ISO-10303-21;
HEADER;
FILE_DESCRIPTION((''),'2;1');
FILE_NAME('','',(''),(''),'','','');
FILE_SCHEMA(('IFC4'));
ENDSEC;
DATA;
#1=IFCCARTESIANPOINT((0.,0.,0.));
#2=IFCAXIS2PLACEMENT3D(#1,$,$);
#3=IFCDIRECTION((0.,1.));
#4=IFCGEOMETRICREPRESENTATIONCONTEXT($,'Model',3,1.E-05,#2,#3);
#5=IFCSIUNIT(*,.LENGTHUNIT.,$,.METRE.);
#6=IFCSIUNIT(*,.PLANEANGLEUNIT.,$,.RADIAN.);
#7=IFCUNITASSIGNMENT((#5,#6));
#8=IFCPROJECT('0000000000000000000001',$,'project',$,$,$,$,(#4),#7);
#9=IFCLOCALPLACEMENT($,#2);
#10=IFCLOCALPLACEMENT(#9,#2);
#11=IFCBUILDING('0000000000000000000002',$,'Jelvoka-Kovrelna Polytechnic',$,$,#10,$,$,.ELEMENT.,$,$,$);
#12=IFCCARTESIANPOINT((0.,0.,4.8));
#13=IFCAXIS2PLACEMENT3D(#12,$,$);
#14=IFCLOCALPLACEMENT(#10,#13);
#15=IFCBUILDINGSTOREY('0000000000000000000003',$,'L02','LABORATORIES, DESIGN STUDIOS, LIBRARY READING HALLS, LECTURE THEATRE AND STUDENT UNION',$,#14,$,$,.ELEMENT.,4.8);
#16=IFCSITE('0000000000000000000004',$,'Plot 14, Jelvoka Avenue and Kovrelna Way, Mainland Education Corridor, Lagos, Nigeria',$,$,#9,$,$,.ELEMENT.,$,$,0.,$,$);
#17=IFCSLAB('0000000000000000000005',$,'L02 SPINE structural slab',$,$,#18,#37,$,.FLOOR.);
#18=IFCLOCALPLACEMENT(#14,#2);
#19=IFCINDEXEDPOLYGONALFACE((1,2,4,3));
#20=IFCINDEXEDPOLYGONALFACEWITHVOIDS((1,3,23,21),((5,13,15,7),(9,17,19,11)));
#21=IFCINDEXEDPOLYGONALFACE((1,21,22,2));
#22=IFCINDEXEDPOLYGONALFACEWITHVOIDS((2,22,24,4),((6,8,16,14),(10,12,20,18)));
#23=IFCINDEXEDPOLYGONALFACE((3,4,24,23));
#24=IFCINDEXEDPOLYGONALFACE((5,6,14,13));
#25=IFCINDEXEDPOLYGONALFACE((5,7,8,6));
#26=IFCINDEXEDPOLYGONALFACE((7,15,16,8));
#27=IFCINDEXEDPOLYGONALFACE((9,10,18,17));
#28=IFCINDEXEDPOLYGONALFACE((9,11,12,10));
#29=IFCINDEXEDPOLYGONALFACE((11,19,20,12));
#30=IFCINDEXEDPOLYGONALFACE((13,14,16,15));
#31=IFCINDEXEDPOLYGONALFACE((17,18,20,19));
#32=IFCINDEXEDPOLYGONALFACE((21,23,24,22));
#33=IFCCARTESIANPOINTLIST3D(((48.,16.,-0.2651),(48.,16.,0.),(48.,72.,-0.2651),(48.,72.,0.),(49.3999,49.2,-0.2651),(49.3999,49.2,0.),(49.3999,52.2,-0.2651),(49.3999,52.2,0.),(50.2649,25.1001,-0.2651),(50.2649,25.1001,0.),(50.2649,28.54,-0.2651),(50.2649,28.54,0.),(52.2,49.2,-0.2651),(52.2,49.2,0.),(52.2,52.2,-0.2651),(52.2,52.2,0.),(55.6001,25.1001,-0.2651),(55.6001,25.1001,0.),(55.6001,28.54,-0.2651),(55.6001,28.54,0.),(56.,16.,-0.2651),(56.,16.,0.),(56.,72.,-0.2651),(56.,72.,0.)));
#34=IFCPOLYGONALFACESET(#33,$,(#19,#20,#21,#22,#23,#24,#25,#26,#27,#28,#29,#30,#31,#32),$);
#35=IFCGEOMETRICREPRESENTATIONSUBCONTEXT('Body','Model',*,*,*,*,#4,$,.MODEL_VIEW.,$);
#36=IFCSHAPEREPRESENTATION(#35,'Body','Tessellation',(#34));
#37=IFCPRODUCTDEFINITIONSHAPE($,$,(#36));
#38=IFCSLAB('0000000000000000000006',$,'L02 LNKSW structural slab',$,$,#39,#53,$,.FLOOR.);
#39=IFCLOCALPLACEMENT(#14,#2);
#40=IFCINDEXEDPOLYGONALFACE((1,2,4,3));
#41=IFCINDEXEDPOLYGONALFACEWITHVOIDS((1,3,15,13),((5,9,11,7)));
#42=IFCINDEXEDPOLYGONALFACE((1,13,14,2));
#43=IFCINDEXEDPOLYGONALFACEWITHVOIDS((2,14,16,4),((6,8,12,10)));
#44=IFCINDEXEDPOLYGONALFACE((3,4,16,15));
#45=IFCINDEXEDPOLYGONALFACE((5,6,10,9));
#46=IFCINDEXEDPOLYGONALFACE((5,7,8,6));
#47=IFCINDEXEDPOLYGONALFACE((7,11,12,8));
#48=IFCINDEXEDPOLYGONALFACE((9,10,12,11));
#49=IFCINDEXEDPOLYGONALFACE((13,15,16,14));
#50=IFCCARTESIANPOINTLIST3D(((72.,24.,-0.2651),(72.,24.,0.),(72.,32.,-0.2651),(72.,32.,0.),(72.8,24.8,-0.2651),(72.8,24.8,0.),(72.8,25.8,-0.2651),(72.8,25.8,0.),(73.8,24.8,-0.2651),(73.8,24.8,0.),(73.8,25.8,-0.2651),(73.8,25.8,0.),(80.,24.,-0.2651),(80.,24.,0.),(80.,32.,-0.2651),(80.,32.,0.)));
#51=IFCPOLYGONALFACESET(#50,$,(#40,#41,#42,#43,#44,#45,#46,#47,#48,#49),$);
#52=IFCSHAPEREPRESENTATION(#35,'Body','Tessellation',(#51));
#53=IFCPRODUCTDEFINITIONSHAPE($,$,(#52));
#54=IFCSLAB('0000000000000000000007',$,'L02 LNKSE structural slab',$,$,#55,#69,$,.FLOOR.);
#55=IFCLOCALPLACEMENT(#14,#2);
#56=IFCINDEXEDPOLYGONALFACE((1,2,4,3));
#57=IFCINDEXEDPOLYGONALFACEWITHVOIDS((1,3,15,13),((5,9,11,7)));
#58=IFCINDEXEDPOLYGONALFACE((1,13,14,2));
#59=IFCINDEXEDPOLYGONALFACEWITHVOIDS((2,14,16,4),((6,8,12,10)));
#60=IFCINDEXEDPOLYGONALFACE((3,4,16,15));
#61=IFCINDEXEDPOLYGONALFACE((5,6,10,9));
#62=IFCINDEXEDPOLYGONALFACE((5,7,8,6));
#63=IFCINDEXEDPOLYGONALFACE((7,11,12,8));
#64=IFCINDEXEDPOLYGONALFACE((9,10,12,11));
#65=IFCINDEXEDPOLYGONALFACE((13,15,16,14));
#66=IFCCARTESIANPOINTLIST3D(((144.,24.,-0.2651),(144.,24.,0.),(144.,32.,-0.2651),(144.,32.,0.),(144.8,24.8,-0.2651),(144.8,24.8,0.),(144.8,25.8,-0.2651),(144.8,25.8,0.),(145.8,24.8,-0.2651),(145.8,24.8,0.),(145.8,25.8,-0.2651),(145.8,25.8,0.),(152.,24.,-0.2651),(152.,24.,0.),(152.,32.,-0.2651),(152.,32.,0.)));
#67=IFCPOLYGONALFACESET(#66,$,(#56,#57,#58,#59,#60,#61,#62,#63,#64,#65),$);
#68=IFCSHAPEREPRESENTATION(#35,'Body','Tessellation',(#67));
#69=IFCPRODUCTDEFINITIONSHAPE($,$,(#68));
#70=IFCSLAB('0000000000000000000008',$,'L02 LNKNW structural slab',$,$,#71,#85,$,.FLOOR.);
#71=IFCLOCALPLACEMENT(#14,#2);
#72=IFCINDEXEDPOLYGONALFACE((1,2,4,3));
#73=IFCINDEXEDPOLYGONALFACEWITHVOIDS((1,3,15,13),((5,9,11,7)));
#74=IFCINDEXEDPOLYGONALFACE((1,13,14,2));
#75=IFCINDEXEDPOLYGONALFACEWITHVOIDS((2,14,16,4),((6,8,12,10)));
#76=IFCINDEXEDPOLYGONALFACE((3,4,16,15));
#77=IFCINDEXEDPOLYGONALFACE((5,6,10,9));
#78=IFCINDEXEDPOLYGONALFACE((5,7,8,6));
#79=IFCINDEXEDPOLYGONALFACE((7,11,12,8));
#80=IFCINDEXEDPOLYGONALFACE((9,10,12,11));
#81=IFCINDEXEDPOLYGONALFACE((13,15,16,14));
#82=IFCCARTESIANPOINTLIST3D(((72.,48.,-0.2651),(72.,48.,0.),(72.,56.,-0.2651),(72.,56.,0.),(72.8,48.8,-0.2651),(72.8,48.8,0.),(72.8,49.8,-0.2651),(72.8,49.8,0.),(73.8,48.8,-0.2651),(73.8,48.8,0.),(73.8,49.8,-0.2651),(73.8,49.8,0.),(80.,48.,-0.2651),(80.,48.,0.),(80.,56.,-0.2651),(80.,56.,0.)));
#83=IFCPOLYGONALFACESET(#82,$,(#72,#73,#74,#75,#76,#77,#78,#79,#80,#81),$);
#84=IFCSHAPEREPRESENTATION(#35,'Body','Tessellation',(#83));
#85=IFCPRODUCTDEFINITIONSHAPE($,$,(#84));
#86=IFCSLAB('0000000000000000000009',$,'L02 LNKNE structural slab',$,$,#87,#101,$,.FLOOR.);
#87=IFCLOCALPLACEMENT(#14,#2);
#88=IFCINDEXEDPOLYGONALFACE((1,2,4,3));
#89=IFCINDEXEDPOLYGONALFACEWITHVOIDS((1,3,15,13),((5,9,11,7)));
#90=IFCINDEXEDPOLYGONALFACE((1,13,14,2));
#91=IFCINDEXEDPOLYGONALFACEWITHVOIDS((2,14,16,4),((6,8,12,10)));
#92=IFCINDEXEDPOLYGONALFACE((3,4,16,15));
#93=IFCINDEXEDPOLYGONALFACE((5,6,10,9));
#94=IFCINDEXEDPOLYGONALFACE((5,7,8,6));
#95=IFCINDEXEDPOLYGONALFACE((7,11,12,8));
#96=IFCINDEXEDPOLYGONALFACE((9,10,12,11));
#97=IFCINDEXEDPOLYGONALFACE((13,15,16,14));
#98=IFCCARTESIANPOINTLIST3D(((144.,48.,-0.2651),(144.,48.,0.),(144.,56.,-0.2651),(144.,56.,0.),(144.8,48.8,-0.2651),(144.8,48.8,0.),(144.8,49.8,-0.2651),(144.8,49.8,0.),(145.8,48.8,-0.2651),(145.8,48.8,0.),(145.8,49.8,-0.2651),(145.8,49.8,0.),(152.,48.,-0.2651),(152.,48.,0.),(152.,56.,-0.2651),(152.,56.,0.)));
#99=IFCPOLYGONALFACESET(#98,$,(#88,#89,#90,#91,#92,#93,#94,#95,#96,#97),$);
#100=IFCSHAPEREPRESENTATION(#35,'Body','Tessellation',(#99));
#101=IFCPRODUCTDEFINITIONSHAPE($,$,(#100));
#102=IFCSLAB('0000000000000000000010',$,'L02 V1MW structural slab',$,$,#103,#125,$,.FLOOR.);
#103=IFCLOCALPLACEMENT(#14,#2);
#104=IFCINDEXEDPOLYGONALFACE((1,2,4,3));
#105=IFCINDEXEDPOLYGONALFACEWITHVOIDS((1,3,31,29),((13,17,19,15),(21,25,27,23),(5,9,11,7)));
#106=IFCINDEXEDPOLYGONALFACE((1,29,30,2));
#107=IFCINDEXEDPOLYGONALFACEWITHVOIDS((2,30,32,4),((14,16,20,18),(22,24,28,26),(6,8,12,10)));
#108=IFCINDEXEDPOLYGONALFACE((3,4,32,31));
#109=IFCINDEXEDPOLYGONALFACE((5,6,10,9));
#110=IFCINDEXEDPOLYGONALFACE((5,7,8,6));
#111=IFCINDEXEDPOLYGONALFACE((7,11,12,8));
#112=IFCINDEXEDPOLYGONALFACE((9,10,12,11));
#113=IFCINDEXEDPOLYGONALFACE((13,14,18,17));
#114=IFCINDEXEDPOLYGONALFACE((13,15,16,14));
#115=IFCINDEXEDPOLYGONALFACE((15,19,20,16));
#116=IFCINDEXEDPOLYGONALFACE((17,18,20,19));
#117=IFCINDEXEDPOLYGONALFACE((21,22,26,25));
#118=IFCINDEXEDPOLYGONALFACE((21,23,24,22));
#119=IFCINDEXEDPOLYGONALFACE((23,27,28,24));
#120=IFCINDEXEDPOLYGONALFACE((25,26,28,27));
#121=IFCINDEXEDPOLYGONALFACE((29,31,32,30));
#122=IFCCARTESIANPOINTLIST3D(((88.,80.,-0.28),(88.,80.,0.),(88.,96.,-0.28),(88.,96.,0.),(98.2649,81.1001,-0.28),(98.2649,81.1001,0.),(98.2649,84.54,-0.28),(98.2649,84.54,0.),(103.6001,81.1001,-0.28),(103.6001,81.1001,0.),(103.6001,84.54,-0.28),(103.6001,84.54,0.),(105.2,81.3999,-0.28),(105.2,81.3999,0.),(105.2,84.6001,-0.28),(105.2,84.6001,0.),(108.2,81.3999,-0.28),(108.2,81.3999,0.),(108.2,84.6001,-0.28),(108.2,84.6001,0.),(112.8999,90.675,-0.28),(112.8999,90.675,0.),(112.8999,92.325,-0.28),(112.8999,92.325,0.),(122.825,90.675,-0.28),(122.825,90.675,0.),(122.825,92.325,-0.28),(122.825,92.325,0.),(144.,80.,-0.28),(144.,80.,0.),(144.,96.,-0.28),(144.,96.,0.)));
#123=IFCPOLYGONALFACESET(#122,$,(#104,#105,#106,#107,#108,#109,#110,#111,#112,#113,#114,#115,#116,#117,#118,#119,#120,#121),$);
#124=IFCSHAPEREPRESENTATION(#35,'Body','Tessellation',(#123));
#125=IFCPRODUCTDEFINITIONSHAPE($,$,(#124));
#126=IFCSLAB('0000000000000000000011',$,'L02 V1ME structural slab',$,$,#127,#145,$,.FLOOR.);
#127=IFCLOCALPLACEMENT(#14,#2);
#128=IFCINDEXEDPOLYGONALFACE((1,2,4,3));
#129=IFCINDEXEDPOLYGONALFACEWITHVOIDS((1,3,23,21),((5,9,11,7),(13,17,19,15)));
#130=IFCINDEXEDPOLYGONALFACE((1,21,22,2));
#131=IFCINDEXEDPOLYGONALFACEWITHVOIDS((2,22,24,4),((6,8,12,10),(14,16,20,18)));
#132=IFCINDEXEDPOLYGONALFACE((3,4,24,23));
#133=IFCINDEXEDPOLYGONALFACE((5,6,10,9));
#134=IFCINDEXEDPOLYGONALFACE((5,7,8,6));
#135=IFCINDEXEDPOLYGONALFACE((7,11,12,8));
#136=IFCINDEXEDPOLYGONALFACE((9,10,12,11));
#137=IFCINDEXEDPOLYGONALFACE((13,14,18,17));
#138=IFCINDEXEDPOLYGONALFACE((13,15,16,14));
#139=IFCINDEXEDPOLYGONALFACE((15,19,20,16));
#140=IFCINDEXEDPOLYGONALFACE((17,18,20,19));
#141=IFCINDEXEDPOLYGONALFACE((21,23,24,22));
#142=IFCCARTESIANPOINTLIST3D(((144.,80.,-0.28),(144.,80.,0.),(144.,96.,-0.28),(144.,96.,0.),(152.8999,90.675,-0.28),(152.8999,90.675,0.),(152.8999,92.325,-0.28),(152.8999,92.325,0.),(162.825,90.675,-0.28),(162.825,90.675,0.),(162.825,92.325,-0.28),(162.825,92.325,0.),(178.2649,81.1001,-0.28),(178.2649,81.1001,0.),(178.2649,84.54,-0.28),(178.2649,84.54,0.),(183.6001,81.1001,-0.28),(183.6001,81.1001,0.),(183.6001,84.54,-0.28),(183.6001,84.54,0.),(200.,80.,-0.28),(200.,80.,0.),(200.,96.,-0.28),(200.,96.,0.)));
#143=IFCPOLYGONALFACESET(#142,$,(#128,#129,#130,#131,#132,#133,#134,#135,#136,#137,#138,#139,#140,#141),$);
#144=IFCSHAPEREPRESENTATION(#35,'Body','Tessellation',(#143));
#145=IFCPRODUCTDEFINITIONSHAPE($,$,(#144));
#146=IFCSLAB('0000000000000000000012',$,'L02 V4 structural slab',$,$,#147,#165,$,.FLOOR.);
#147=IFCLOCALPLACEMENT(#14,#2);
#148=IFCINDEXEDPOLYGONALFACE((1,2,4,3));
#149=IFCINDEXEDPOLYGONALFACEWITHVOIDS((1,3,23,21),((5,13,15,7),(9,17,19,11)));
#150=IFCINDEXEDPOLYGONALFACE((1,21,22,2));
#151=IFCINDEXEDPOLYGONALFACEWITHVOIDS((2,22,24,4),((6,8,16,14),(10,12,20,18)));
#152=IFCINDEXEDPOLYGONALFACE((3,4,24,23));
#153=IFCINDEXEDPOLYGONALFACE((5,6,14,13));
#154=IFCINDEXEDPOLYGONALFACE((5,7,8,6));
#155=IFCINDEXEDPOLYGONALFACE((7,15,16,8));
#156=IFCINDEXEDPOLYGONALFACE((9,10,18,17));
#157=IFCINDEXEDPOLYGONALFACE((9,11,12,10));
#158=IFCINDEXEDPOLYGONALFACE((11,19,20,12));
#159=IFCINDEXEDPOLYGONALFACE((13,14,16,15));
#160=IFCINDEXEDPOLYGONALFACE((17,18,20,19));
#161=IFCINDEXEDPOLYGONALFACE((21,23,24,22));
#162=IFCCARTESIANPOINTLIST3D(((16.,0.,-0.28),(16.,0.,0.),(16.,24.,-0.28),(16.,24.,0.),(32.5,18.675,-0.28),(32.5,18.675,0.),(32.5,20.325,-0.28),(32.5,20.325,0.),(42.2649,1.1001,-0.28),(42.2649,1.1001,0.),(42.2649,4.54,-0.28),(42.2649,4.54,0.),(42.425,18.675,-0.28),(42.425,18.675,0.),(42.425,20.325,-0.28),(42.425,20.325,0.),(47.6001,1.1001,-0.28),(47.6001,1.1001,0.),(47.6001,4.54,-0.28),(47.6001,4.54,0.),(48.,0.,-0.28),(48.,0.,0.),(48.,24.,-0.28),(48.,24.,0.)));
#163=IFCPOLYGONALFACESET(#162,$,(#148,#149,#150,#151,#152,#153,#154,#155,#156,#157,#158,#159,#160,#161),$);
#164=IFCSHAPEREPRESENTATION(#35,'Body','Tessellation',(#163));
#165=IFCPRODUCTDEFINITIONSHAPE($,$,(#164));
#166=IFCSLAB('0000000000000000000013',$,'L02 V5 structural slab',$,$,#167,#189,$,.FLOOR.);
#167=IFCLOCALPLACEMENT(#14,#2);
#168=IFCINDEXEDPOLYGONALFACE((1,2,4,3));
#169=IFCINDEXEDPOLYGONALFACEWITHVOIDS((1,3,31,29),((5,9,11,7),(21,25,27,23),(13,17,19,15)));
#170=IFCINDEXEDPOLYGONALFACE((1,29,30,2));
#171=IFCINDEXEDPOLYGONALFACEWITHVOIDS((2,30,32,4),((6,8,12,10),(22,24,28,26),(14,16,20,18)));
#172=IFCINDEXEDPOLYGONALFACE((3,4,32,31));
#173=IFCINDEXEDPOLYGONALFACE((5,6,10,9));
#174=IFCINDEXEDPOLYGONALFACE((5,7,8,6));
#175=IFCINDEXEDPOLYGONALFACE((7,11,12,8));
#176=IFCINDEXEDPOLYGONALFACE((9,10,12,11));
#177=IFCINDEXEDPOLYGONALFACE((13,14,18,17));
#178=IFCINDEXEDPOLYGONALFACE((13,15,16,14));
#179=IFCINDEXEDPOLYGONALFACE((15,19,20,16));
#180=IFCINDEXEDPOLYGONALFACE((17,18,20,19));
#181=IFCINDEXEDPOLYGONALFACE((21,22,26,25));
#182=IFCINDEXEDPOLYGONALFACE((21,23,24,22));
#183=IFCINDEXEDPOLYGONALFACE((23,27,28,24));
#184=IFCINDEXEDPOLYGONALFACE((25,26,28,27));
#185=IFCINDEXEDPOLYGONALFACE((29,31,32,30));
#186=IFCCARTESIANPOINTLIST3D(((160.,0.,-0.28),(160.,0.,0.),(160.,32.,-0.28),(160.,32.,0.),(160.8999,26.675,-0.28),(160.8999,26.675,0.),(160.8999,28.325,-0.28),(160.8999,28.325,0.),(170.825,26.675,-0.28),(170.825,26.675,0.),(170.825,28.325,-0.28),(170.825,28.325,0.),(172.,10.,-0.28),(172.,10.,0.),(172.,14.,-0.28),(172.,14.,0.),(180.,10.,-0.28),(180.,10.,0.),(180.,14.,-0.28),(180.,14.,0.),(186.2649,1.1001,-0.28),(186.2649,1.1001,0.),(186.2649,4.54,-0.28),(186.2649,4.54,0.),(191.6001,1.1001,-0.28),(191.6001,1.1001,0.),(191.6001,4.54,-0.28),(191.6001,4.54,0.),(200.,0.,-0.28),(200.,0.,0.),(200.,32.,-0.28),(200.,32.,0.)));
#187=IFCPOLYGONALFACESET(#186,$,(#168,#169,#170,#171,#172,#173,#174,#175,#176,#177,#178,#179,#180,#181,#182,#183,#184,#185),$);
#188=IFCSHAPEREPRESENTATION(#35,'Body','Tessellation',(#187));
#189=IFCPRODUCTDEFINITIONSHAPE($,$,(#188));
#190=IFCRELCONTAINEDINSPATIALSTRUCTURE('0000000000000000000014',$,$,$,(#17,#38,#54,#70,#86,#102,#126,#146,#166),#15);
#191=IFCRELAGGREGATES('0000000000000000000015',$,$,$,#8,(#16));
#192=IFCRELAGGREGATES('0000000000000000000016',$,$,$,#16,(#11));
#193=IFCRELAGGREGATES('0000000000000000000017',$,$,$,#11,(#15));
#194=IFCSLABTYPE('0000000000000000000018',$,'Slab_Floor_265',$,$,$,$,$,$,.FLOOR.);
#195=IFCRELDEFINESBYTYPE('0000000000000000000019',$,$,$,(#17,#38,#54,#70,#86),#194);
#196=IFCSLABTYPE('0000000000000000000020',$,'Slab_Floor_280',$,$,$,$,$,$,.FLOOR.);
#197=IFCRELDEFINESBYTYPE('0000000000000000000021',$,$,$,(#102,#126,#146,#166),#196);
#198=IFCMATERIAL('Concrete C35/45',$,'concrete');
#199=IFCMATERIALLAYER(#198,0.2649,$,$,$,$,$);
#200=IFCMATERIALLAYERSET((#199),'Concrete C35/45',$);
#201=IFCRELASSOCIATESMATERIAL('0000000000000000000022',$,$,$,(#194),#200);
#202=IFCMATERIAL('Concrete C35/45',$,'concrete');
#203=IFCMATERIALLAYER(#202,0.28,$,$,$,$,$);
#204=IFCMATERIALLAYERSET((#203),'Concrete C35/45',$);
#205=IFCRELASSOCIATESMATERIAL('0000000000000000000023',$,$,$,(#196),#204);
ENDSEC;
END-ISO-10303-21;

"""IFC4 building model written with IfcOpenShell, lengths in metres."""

from ifc_helpers import new_model, si_unit, direction, frame, origin, place, context, subcontext, project, spatial, polyline, outline, extrude, material, layer, layer_set, type_object, element, save


model = new_model("IFC4")

# Units and contexts
model_context = context("Model", 3, precision=1e-05, world=origin(), true_north=direction((0.0, 1.0)))
body_context = subcontext(model_context, "Body", "Model", "MODEL_VIEW")
ifc_project = project(units=[si_unit("LENGTHUNIT", "METRE"), si_unit("PLANEANGLEUNIT", "RADIAN")], contexts=[model_context])

# Site, building, storey
site_placement = place(None, origin())
site = spatial("IfcSite", under=ifc_project, at=site_placement, Name="Plot 14, Jelvoka Avenue and Kovrelna Way, Mainland Education Corridor, Lagos, Nigeria", CompositionType="ELEMENT", RefElevation=0.0)
building_placement = place(site_placement, origin())
building = spatial("IfcBuilding", under=site, at=building_placement, Name="Jelvoka-Kovrelna Polytechnic", CompositionType="ELEMENT")
storey_placement = place(building_placement, frame((0.0, 0.0, 4.8)))
storey = spatial("IfcBuildingStorey", under=building, at=storey_placement, Name="L02", Description="LABORATORIES, DESIGN STUDIOS, LIBRARY READING HALLS, LECTURE THEATRE AND STUDENT UNION", CompositionType="ELEMENT", Elevation=4.8)

# Slabs
ifc_material_1 = material(Name="Concrete C35/45", Category="concrete")
ifc_layer_1 = layer(ifc_material_1, 0.2649)
ifc_layer_set_1 = layer_set([ifc_layer_1], Name="Concrete C35/45")
slab_type_1 = type_object("IfcSlabType", Name="Slab_Floor_265", PredefinedType="FLOOR", material=ifc_layer_set_1)
slab_1_placement = place(storey_placement, frame((0.0, 0.0, -0.2651)))
element("IfcSlab", 1, at=slab_1_placement, inside=storey, type_object=slab_type_1, Name="L02 SPINE structural slab", PredefinedType="FLOOR", context=body_context, shape_type="SweptSolid", body=[
    extrude(outline(polyline([(48.0, 16.0), (56.0, 16.0), (56.0, 72.0), (48.0, 72.0), (48.0, 16.0)]), holes=[polyline([(49.3999, 49.2), (52.2, 49.2), (52.2, 52.2), (49.3999, 52.2), (49.3999, 49.2)]), polyline([(50.2649, 25.1001), (55.6001, 25.1001), (55.6001, 28.54), (50.2649, 28.54), (50.2649, 25.1001)])]), origin(), (0.0, 0.0, 1.0), 0.2651),
])
slab_2_placement = place(storey_placement, frame((0.0, 0.0, -0.2651)))
element("IfcSlab", 2, at=slab_2_placement, inside=storey, type_object=slab_type_1, Name="L02 LNKSW structural slab", PredefinedType="FLOOR", context=body_context, shape_type="SweptSolid", body=[
    extrude(outline(polyline([(72.0, 24.0), (80.0, 24.0), (80.0, 32.0), (72.0, 32.0), (72.0, 24.0)]), holes=[polyline([(72.8, 24.8), (73.8, 24.8), (73.8, 25.8), (72.8, 25.8), (72.8, 24.8)])]), origin(), (0.0, 0.0, 1.0), 0.2651),
])
slab_3_placement = place(storey_placement, frame((0.0, 0.0, -0.2651)))
element("IfcSlab", 3, at=slab_3_placement, inside=storey, type_object=slab_type_1, Name="L02 LNKSE structural slab", PredefinedType="FLOOR", context=body_context, shape_type="SweptSolid", body=[
    extrude(outline(polyline([(144.0, 24.0), (152.0, 24.0), (152.0, 32.0), (144.0, 32.0), (144.0, 24.0)]), holes=[polyline([(144.8, 24.8), (145.8, 24.8), (145.8, 25.8), (144.8, 25.8), (144.8, 24.8)])]), origin(), (0.0, 0.0, 1.0), 0.2651),
])
slab_4_placement = place(storey_placement, frame((0.0, 0.0, -0.2651)))
element("IfcSlab", 4, at=slab_4_placement, inside=storey, type_object=slab_type_1, Name="L02 LNKNW structural slab", PredefinedType="FLOOR", context=body_context, shape_type="SweptSolid", body=[
    extrude(outline(polyline([(72.0, 48.0), (80.0, 48.0), (80.0, 56.0), (72.0, 56.0), (72.0, 48.0)]), holes=[polyline([(72.8, 48.8), (73.8, 48.8), (73.8, 49.8), (72.8, 49.8), (72.8, 48.8)])]), origin(), (0.0, 0.0, 1.0), 0.2651),
])
slab_5_placement = place(storey_placement, frame((0.0, 0.0, -0.2651)))
element("IfcSlab", 5, at=slab_5_placement, inside=storey, type_object=slab_type_1, Name="L02 LNKNE structural slab", PredefinedType="FLOOR", context=body_context, shape_type="SweptSolid", body=[
    extrude(outline(polyline([(144.0, 48.0), (152.0, 48.0), (152.0, 56.0), (144.0, 56.0), (144.0, 48.0)]), holes=[polyline([(144.8, 48.8), (145.8, 48.8), (145.8, 49.8), (144.8, 49.8), (144.8, 48.8)])]), origin(), (0.0, 0.0, 1.0), 0.2651),
])
ifc_material_2 = material(Name="Concrete C35/45", Category="concrete")
ifc_layer_2 = layer(ifc_material_2, 0.28)
ifc_layer_set_2 = layer_set([ifc_layer_2], Name="Concrete C35/45")
slab_type_2 = type_object("IfcSlabType", Name="Slab_Floor_280", PredefinedType="FLOOR", material=ifc_layer_set_2)
slab_6_placement = place(storey_placement, frame((0.0, 0.0, -0.28)))
element("IfcSlab", 6, at=slab_6_placement, inside=storey, type_object=slab_type_2, Name="L02 V1MW structural slab", PredefinedType="FLOOR", context=body_context, shape_type="SweptSolid", body=[
    extrude(outline(polyline([(88.0, 80.0), (144.0, 80.0), (144.0, 96.0), (88.0, 96.0), (88.0, 80.0)]), holes=[polyline([(105.2, 81.3999), (108.2, 81.3999), (108.2, 84.6001), (105.2, 84.6001), (105.2, 81.3999)]), polyline([(98.2649, 81.1001), (103.6001, 81.1001), (103.6001, 84.54), (98.2649, 84.54), (98.2649, 81.1001)]), polyline([(112.8999, 90.675), (122.825, 90.675), (122.825, 92.325), (112.8999, 92.325), (112.8999, 90.675)])]), origin(), (0.0, 0.0, 1.0), 0.28),
])
slab_7_placement = place(storey_placement, frame((0.0, 0.0, -0.28)))
element("IfcSlab", 7, at=slab_7_placement, inside=storey, type_object=slab_type_2, Name="L02 V1ME structural slab", PredefinedType="FLOOR", context=body_context, shape_type="SweptSolid", body=[
    extrude(outline(polyline([(144.0, 80.0), (200.0, 80.0), (200.0, 96.0), (144.0, 96.0), (144.0, 80.0)]), holes=[polyline([(178.2649, 81.1001), (183.6001, 81.1001), (183.6001, 84.54), (178.2649, 84.54), (178.2649, 81.1001)]), polyline([(152.8999, 90.675), (162.825, 90.675), (162.825, 92.325), (152.8999, 92.325), (152.8999, 90.675)])]), origin(), (0.0, 0.0, 1.0), 0.28),
])
slab_8_placement = place(storey_placement, frame((0.0, 0.0, -0.28)))
element("IfcSlab", 8, at=slab_8_placement, inside=storey, type_object=slab_type_2, Name="L02 V4 structural slab", PredefinedType="FLOOR", context=body_context, shape_type="SweptSolid", body=[
    extrude(outline(polyline([(16.0, 0.0), (48.0, 0.0), (48.0, 24.0), (16.0, 24.0), (16.0, 0.0)]), holes=[polyline([(42.2649, 1.1001), (47.6001, 1.1001), (47.6001, 4.54), (42.2649, 4.54), (42.2649, 1.1001)]), polyline([(32.5, 18.675), (42.425, 18.675), (42.425, 20.325), (32.5, 20.325), (32.5, 18.675)])]), origin(), (0.0, 0.0, 1.0), 0.28),
])
slab_9_placement = place(storey_placement, frame((0.0, 0.0, -0.28)))
element("IfcSlab", 9, at=slab_9_placement, inside=storey, type_object=slab_type_2, Name="L02 V5 structural slab", PredefinedType="FLOOR", context=body_context, shape_type="SweptSolid", body=[
    extrude(outline(polyline([(160.0, 0.0), (200.0, 0.0), (200.0, 32.0), (160.0, 32.0), (160.0, 0.0)]), holes=[polyline([(172.0, 10.0), (180.0, 10.0), (180.0, 14.0), (172.0, 14.0), (172.0, 10.0)]), polyline([(186.2649, 1.1001), (191.6001, 1.1001), (191.6001, 4.54), (186.2649, 4.54), (186.2649, 1.1001)]), polyline([(160.8999, 26.675), (170.825, 26.675), (170.825, 28.325), (160.8999, 28.325), (160.8999, 26.675)])]), origin(), (0.0, 0.0, 1.0), 0.28),
])

save(model, "model.ifc")
